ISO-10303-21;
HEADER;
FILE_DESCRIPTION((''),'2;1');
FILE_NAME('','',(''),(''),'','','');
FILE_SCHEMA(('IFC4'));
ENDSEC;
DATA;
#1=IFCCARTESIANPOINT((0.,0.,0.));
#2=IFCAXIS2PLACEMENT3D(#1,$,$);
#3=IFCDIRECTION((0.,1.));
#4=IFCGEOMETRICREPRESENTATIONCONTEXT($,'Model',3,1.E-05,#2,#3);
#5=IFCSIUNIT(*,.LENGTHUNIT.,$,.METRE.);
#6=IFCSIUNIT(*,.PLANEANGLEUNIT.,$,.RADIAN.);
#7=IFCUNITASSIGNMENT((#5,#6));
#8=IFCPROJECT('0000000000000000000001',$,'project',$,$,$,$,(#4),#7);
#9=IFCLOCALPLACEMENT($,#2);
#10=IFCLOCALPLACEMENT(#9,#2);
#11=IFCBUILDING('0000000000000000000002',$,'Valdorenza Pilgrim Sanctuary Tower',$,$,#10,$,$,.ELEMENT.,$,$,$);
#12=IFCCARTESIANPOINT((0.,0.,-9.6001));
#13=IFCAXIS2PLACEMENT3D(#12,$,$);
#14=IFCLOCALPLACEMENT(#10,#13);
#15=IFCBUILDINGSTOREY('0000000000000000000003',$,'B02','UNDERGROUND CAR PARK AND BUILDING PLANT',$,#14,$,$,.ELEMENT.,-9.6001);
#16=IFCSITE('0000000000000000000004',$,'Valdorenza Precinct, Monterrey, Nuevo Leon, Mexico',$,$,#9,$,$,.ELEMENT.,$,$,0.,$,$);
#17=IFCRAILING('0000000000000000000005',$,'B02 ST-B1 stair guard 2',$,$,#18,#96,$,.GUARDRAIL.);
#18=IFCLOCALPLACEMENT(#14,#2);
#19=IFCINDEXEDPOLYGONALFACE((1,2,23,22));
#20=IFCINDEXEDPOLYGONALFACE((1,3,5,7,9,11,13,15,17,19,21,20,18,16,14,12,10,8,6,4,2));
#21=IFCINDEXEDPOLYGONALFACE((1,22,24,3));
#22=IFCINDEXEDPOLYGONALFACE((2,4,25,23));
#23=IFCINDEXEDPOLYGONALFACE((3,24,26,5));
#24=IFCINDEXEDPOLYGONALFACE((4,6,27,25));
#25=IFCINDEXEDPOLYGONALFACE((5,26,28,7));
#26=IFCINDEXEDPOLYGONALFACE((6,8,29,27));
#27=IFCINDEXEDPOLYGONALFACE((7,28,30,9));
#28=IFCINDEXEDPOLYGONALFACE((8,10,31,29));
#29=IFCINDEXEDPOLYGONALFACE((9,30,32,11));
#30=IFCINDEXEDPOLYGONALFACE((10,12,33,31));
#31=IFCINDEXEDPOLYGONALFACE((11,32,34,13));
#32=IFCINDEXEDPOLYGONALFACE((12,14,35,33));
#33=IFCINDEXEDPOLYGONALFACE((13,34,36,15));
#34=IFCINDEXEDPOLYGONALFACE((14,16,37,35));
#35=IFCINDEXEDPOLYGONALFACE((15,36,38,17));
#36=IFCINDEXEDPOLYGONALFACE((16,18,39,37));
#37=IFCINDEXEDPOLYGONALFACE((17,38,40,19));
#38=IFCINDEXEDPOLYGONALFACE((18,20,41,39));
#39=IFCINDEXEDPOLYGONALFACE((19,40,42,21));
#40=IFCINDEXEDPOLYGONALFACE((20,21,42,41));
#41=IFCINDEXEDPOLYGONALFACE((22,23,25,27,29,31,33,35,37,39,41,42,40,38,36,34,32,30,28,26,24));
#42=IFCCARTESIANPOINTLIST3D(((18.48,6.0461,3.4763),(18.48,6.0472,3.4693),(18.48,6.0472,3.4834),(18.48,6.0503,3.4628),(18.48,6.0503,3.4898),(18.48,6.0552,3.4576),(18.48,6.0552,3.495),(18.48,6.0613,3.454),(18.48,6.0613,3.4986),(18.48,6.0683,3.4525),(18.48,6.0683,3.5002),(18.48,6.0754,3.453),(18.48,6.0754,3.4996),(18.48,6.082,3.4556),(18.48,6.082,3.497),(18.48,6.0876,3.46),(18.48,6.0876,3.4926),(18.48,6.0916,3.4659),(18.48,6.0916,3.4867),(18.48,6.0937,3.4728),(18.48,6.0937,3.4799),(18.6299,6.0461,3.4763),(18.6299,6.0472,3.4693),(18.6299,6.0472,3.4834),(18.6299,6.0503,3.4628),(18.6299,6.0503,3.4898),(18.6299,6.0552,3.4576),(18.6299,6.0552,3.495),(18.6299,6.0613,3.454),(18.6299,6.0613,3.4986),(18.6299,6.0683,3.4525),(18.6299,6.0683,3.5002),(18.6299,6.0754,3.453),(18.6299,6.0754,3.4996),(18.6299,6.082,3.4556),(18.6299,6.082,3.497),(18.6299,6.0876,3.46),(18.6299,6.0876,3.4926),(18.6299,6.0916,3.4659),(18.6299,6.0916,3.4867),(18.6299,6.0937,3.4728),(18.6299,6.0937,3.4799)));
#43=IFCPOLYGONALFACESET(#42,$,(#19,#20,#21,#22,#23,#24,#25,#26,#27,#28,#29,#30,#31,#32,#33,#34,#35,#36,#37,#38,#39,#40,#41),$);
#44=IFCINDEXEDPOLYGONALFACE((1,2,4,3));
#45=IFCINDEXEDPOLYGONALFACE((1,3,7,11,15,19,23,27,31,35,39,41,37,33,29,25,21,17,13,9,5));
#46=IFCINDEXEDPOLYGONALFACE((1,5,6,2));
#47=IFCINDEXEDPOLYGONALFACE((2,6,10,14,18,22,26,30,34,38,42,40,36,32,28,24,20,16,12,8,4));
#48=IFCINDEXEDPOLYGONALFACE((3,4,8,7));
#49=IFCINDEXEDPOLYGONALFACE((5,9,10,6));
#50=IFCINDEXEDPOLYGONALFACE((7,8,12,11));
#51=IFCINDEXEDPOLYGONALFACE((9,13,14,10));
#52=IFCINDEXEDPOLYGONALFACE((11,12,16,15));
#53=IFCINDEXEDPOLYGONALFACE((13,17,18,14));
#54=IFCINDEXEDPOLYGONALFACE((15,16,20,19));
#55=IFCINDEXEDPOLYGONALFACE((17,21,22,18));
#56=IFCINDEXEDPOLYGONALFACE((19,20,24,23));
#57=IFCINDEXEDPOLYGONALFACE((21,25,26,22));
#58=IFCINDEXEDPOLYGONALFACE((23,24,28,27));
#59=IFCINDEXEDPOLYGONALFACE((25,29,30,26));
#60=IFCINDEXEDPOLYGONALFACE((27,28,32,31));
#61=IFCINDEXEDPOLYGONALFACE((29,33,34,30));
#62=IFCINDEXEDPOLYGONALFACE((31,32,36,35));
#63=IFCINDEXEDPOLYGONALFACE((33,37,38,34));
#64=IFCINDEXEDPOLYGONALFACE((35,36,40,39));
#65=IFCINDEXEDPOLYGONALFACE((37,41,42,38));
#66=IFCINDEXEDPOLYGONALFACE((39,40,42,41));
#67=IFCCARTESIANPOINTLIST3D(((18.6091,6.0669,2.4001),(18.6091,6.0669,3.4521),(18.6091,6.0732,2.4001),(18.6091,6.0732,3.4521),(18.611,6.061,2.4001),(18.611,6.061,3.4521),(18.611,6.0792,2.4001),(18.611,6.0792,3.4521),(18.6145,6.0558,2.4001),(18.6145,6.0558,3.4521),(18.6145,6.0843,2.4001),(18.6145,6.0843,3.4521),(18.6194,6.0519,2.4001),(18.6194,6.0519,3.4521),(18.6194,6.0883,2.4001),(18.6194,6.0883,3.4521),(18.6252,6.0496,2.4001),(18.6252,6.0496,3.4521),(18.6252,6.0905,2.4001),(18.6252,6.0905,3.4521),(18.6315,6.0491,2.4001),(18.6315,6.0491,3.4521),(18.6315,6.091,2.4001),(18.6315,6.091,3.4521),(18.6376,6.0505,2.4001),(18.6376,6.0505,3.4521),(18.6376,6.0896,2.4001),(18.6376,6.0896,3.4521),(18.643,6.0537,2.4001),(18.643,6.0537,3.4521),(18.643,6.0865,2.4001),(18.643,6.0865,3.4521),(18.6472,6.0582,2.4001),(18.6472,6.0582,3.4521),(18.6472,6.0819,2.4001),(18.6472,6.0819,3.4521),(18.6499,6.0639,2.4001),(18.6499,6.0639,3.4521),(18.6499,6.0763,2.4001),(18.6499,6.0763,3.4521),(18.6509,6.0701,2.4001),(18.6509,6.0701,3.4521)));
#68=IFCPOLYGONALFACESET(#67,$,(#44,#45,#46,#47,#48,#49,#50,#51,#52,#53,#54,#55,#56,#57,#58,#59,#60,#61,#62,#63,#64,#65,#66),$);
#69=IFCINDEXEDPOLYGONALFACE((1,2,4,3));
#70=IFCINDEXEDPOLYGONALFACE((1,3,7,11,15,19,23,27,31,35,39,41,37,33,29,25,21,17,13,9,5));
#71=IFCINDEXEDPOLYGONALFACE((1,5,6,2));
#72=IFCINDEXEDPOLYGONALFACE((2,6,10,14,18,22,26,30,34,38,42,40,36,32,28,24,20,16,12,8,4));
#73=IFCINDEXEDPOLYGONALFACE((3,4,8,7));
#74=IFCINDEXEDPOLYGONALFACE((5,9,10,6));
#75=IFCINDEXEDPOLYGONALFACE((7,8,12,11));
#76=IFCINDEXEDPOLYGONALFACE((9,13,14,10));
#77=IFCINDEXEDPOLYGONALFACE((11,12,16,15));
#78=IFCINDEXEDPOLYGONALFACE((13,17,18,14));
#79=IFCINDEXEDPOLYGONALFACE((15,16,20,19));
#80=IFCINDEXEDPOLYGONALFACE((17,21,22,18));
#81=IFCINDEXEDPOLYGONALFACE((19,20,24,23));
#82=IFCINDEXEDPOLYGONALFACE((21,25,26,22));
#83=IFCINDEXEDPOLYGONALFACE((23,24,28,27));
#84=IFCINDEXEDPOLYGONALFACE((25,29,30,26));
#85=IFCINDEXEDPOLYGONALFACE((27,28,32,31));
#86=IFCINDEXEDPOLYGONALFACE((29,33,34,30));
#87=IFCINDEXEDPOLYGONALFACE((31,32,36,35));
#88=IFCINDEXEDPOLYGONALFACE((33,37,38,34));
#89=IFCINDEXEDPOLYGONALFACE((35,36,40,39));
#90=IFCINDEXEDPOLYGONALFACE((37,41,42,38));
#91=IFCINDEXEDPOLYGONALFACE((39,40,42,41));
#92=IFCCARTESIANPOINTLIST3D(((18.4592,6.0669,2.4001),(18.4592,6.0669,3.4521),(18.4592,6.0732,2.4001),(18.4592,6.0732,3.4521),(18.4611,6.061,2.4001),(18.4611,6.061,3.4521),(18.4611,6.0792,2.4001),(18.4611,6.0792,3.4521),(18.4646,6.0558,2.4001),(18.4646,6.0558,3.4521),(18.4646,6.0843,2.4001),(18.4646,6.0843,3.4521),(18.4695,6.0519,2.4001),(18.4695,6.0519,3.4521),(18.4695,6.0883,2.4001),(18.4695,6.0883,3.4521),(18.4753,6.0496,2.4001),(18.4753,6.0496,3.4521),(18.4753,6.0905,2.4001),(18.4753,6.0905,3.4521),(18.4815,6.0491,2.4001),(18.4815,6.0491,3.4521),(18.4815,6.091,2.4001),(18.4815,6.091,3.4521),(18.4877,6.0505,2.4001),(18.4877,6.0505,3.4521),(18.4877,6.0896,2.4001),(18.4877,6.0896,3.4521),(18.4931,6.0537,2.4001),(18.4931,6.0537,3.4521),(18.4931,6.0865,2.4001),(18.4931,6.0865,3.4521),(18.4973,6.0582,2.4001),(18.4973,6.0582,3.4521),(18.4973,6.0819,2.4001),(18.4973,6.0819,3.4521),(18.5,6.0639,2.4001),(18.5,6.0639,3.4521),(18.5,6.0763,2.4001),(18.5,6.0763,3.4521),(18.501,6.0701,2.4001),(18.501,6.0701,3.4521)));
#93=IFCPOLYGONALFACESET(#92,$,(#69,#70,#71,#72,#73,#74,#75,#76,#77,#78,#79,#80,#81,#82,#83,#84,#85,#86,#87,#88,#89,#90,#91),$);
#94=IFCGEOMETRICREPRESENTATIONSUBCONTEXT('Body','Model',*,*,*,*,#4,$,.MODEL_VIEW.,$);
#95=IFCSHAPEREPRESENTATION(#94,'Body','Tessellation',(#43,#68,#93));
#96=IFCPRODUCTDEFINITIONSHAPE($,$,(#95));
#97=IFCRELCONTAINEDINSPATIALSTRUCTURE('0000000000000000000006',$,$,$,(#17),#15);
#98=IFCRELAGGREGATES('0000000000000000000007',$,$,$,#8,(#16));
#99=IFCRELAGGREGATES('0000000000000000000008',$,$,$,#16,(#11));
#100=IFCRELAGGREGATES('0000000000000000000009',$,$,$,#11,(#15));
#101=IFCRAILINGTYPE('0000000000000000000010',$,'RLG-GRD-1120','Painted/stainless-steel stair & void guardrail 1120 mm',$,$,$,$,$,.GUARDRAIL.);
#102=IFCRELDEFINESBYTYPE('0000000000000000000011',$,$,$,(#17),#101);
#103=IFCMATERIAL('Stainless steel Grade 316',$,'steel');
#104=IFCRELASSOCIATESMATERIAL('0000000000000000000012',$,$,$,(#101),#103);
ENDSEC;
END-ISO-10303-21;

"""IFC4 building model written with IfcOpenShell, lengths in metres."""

from ifc_helpers import new_model, si_unit, direction, frame, origin, origin_2d, place, context, subcontext, project, spatial, circle, extrude, material, type_object, element, save


model = new_model("IFC4")

# Units and contexts
model_context = context("Model", 3, precision=1e-05, world=origin(), true_north=direction((0.0, 1.0)))
body_context = subcontext(model_context, "Body", "Model", "MODEL_VIEW")
ifc_project = project(units=[si_unit("LENGTHUNIT", "METRE"), si_unit("PLANEANGLEUNIT", "RADIAN")], contexts=[model_context])

# Site, building, storey
site_placement = place(None, origin())
site = spatial("IfcSite", under=ifc_project, at=site_placement, Name="Valdorenza Precinct, Monterrey, Nuevo Leon, Mexico", CompositionType="ELEMENT", RefElevation=0.0)
building_placement = place(site_placement, origin())
building = spatial("IfcBuilding", under=site, at=building_placement, Name="Valdorenza Pilgrim Sanctuary Tower", CompositionType="ELEMENT")
storey_placement = place(building_placement, frame((0.0, 0.0, -9.6001)))
storey = spatial("IfcBuildingStorey", under=building, at=storey_placement, Name="B02", Description="UNDERGROUND CAR PARK AND BUILDING PLANT", CompositionType="ELEMENT", Elevation=-9.6001)

# Railing
ifc_material_1 = material(Name="Stainless steel Grade 316", Category="steel")
railing_type_1 = type_object("IfcRailingType", Name="RLG-GRD-1120", Description="Painted/stainless-steel stair & void guardrail 1120 mm", PredefinedType="GUARDRAIL", material=ifc_material_1)
railing_1_placement = place(storey_placement, frame((18.6299, 6.0701, 2.4001)))
element("IfcRailing", 1, at=railing_1_placement, inside=storey, type_object=railing_type_1, Name="B02 ST-B1 stair guard 2", PredefinedType="GUARDRAIL", context=body_context, shape_type="SweptSolid", body=[
    extrude(circle(Radius=0.0239, at=origin_2d()), frame((0.0, 0.0, 1.0762), z_axis=(-1.0, 0.0, 0.0), x_axis=(0.0, -1.0, 0.0)), (0.0, 0.0, 1.0), 0.1499),
    extrude(circle(Radius=0.021, at=origin_2d()), origin(), (0.0, 0.0, 1.0), 1.052),
    extrude(circle(Radius=0.021, at=origin_2d()), frame((-0.1499, 0.0, 0.0)), (0.0, 0.0, 1.0), 1.052),
])

save(model, "model.ifc")
